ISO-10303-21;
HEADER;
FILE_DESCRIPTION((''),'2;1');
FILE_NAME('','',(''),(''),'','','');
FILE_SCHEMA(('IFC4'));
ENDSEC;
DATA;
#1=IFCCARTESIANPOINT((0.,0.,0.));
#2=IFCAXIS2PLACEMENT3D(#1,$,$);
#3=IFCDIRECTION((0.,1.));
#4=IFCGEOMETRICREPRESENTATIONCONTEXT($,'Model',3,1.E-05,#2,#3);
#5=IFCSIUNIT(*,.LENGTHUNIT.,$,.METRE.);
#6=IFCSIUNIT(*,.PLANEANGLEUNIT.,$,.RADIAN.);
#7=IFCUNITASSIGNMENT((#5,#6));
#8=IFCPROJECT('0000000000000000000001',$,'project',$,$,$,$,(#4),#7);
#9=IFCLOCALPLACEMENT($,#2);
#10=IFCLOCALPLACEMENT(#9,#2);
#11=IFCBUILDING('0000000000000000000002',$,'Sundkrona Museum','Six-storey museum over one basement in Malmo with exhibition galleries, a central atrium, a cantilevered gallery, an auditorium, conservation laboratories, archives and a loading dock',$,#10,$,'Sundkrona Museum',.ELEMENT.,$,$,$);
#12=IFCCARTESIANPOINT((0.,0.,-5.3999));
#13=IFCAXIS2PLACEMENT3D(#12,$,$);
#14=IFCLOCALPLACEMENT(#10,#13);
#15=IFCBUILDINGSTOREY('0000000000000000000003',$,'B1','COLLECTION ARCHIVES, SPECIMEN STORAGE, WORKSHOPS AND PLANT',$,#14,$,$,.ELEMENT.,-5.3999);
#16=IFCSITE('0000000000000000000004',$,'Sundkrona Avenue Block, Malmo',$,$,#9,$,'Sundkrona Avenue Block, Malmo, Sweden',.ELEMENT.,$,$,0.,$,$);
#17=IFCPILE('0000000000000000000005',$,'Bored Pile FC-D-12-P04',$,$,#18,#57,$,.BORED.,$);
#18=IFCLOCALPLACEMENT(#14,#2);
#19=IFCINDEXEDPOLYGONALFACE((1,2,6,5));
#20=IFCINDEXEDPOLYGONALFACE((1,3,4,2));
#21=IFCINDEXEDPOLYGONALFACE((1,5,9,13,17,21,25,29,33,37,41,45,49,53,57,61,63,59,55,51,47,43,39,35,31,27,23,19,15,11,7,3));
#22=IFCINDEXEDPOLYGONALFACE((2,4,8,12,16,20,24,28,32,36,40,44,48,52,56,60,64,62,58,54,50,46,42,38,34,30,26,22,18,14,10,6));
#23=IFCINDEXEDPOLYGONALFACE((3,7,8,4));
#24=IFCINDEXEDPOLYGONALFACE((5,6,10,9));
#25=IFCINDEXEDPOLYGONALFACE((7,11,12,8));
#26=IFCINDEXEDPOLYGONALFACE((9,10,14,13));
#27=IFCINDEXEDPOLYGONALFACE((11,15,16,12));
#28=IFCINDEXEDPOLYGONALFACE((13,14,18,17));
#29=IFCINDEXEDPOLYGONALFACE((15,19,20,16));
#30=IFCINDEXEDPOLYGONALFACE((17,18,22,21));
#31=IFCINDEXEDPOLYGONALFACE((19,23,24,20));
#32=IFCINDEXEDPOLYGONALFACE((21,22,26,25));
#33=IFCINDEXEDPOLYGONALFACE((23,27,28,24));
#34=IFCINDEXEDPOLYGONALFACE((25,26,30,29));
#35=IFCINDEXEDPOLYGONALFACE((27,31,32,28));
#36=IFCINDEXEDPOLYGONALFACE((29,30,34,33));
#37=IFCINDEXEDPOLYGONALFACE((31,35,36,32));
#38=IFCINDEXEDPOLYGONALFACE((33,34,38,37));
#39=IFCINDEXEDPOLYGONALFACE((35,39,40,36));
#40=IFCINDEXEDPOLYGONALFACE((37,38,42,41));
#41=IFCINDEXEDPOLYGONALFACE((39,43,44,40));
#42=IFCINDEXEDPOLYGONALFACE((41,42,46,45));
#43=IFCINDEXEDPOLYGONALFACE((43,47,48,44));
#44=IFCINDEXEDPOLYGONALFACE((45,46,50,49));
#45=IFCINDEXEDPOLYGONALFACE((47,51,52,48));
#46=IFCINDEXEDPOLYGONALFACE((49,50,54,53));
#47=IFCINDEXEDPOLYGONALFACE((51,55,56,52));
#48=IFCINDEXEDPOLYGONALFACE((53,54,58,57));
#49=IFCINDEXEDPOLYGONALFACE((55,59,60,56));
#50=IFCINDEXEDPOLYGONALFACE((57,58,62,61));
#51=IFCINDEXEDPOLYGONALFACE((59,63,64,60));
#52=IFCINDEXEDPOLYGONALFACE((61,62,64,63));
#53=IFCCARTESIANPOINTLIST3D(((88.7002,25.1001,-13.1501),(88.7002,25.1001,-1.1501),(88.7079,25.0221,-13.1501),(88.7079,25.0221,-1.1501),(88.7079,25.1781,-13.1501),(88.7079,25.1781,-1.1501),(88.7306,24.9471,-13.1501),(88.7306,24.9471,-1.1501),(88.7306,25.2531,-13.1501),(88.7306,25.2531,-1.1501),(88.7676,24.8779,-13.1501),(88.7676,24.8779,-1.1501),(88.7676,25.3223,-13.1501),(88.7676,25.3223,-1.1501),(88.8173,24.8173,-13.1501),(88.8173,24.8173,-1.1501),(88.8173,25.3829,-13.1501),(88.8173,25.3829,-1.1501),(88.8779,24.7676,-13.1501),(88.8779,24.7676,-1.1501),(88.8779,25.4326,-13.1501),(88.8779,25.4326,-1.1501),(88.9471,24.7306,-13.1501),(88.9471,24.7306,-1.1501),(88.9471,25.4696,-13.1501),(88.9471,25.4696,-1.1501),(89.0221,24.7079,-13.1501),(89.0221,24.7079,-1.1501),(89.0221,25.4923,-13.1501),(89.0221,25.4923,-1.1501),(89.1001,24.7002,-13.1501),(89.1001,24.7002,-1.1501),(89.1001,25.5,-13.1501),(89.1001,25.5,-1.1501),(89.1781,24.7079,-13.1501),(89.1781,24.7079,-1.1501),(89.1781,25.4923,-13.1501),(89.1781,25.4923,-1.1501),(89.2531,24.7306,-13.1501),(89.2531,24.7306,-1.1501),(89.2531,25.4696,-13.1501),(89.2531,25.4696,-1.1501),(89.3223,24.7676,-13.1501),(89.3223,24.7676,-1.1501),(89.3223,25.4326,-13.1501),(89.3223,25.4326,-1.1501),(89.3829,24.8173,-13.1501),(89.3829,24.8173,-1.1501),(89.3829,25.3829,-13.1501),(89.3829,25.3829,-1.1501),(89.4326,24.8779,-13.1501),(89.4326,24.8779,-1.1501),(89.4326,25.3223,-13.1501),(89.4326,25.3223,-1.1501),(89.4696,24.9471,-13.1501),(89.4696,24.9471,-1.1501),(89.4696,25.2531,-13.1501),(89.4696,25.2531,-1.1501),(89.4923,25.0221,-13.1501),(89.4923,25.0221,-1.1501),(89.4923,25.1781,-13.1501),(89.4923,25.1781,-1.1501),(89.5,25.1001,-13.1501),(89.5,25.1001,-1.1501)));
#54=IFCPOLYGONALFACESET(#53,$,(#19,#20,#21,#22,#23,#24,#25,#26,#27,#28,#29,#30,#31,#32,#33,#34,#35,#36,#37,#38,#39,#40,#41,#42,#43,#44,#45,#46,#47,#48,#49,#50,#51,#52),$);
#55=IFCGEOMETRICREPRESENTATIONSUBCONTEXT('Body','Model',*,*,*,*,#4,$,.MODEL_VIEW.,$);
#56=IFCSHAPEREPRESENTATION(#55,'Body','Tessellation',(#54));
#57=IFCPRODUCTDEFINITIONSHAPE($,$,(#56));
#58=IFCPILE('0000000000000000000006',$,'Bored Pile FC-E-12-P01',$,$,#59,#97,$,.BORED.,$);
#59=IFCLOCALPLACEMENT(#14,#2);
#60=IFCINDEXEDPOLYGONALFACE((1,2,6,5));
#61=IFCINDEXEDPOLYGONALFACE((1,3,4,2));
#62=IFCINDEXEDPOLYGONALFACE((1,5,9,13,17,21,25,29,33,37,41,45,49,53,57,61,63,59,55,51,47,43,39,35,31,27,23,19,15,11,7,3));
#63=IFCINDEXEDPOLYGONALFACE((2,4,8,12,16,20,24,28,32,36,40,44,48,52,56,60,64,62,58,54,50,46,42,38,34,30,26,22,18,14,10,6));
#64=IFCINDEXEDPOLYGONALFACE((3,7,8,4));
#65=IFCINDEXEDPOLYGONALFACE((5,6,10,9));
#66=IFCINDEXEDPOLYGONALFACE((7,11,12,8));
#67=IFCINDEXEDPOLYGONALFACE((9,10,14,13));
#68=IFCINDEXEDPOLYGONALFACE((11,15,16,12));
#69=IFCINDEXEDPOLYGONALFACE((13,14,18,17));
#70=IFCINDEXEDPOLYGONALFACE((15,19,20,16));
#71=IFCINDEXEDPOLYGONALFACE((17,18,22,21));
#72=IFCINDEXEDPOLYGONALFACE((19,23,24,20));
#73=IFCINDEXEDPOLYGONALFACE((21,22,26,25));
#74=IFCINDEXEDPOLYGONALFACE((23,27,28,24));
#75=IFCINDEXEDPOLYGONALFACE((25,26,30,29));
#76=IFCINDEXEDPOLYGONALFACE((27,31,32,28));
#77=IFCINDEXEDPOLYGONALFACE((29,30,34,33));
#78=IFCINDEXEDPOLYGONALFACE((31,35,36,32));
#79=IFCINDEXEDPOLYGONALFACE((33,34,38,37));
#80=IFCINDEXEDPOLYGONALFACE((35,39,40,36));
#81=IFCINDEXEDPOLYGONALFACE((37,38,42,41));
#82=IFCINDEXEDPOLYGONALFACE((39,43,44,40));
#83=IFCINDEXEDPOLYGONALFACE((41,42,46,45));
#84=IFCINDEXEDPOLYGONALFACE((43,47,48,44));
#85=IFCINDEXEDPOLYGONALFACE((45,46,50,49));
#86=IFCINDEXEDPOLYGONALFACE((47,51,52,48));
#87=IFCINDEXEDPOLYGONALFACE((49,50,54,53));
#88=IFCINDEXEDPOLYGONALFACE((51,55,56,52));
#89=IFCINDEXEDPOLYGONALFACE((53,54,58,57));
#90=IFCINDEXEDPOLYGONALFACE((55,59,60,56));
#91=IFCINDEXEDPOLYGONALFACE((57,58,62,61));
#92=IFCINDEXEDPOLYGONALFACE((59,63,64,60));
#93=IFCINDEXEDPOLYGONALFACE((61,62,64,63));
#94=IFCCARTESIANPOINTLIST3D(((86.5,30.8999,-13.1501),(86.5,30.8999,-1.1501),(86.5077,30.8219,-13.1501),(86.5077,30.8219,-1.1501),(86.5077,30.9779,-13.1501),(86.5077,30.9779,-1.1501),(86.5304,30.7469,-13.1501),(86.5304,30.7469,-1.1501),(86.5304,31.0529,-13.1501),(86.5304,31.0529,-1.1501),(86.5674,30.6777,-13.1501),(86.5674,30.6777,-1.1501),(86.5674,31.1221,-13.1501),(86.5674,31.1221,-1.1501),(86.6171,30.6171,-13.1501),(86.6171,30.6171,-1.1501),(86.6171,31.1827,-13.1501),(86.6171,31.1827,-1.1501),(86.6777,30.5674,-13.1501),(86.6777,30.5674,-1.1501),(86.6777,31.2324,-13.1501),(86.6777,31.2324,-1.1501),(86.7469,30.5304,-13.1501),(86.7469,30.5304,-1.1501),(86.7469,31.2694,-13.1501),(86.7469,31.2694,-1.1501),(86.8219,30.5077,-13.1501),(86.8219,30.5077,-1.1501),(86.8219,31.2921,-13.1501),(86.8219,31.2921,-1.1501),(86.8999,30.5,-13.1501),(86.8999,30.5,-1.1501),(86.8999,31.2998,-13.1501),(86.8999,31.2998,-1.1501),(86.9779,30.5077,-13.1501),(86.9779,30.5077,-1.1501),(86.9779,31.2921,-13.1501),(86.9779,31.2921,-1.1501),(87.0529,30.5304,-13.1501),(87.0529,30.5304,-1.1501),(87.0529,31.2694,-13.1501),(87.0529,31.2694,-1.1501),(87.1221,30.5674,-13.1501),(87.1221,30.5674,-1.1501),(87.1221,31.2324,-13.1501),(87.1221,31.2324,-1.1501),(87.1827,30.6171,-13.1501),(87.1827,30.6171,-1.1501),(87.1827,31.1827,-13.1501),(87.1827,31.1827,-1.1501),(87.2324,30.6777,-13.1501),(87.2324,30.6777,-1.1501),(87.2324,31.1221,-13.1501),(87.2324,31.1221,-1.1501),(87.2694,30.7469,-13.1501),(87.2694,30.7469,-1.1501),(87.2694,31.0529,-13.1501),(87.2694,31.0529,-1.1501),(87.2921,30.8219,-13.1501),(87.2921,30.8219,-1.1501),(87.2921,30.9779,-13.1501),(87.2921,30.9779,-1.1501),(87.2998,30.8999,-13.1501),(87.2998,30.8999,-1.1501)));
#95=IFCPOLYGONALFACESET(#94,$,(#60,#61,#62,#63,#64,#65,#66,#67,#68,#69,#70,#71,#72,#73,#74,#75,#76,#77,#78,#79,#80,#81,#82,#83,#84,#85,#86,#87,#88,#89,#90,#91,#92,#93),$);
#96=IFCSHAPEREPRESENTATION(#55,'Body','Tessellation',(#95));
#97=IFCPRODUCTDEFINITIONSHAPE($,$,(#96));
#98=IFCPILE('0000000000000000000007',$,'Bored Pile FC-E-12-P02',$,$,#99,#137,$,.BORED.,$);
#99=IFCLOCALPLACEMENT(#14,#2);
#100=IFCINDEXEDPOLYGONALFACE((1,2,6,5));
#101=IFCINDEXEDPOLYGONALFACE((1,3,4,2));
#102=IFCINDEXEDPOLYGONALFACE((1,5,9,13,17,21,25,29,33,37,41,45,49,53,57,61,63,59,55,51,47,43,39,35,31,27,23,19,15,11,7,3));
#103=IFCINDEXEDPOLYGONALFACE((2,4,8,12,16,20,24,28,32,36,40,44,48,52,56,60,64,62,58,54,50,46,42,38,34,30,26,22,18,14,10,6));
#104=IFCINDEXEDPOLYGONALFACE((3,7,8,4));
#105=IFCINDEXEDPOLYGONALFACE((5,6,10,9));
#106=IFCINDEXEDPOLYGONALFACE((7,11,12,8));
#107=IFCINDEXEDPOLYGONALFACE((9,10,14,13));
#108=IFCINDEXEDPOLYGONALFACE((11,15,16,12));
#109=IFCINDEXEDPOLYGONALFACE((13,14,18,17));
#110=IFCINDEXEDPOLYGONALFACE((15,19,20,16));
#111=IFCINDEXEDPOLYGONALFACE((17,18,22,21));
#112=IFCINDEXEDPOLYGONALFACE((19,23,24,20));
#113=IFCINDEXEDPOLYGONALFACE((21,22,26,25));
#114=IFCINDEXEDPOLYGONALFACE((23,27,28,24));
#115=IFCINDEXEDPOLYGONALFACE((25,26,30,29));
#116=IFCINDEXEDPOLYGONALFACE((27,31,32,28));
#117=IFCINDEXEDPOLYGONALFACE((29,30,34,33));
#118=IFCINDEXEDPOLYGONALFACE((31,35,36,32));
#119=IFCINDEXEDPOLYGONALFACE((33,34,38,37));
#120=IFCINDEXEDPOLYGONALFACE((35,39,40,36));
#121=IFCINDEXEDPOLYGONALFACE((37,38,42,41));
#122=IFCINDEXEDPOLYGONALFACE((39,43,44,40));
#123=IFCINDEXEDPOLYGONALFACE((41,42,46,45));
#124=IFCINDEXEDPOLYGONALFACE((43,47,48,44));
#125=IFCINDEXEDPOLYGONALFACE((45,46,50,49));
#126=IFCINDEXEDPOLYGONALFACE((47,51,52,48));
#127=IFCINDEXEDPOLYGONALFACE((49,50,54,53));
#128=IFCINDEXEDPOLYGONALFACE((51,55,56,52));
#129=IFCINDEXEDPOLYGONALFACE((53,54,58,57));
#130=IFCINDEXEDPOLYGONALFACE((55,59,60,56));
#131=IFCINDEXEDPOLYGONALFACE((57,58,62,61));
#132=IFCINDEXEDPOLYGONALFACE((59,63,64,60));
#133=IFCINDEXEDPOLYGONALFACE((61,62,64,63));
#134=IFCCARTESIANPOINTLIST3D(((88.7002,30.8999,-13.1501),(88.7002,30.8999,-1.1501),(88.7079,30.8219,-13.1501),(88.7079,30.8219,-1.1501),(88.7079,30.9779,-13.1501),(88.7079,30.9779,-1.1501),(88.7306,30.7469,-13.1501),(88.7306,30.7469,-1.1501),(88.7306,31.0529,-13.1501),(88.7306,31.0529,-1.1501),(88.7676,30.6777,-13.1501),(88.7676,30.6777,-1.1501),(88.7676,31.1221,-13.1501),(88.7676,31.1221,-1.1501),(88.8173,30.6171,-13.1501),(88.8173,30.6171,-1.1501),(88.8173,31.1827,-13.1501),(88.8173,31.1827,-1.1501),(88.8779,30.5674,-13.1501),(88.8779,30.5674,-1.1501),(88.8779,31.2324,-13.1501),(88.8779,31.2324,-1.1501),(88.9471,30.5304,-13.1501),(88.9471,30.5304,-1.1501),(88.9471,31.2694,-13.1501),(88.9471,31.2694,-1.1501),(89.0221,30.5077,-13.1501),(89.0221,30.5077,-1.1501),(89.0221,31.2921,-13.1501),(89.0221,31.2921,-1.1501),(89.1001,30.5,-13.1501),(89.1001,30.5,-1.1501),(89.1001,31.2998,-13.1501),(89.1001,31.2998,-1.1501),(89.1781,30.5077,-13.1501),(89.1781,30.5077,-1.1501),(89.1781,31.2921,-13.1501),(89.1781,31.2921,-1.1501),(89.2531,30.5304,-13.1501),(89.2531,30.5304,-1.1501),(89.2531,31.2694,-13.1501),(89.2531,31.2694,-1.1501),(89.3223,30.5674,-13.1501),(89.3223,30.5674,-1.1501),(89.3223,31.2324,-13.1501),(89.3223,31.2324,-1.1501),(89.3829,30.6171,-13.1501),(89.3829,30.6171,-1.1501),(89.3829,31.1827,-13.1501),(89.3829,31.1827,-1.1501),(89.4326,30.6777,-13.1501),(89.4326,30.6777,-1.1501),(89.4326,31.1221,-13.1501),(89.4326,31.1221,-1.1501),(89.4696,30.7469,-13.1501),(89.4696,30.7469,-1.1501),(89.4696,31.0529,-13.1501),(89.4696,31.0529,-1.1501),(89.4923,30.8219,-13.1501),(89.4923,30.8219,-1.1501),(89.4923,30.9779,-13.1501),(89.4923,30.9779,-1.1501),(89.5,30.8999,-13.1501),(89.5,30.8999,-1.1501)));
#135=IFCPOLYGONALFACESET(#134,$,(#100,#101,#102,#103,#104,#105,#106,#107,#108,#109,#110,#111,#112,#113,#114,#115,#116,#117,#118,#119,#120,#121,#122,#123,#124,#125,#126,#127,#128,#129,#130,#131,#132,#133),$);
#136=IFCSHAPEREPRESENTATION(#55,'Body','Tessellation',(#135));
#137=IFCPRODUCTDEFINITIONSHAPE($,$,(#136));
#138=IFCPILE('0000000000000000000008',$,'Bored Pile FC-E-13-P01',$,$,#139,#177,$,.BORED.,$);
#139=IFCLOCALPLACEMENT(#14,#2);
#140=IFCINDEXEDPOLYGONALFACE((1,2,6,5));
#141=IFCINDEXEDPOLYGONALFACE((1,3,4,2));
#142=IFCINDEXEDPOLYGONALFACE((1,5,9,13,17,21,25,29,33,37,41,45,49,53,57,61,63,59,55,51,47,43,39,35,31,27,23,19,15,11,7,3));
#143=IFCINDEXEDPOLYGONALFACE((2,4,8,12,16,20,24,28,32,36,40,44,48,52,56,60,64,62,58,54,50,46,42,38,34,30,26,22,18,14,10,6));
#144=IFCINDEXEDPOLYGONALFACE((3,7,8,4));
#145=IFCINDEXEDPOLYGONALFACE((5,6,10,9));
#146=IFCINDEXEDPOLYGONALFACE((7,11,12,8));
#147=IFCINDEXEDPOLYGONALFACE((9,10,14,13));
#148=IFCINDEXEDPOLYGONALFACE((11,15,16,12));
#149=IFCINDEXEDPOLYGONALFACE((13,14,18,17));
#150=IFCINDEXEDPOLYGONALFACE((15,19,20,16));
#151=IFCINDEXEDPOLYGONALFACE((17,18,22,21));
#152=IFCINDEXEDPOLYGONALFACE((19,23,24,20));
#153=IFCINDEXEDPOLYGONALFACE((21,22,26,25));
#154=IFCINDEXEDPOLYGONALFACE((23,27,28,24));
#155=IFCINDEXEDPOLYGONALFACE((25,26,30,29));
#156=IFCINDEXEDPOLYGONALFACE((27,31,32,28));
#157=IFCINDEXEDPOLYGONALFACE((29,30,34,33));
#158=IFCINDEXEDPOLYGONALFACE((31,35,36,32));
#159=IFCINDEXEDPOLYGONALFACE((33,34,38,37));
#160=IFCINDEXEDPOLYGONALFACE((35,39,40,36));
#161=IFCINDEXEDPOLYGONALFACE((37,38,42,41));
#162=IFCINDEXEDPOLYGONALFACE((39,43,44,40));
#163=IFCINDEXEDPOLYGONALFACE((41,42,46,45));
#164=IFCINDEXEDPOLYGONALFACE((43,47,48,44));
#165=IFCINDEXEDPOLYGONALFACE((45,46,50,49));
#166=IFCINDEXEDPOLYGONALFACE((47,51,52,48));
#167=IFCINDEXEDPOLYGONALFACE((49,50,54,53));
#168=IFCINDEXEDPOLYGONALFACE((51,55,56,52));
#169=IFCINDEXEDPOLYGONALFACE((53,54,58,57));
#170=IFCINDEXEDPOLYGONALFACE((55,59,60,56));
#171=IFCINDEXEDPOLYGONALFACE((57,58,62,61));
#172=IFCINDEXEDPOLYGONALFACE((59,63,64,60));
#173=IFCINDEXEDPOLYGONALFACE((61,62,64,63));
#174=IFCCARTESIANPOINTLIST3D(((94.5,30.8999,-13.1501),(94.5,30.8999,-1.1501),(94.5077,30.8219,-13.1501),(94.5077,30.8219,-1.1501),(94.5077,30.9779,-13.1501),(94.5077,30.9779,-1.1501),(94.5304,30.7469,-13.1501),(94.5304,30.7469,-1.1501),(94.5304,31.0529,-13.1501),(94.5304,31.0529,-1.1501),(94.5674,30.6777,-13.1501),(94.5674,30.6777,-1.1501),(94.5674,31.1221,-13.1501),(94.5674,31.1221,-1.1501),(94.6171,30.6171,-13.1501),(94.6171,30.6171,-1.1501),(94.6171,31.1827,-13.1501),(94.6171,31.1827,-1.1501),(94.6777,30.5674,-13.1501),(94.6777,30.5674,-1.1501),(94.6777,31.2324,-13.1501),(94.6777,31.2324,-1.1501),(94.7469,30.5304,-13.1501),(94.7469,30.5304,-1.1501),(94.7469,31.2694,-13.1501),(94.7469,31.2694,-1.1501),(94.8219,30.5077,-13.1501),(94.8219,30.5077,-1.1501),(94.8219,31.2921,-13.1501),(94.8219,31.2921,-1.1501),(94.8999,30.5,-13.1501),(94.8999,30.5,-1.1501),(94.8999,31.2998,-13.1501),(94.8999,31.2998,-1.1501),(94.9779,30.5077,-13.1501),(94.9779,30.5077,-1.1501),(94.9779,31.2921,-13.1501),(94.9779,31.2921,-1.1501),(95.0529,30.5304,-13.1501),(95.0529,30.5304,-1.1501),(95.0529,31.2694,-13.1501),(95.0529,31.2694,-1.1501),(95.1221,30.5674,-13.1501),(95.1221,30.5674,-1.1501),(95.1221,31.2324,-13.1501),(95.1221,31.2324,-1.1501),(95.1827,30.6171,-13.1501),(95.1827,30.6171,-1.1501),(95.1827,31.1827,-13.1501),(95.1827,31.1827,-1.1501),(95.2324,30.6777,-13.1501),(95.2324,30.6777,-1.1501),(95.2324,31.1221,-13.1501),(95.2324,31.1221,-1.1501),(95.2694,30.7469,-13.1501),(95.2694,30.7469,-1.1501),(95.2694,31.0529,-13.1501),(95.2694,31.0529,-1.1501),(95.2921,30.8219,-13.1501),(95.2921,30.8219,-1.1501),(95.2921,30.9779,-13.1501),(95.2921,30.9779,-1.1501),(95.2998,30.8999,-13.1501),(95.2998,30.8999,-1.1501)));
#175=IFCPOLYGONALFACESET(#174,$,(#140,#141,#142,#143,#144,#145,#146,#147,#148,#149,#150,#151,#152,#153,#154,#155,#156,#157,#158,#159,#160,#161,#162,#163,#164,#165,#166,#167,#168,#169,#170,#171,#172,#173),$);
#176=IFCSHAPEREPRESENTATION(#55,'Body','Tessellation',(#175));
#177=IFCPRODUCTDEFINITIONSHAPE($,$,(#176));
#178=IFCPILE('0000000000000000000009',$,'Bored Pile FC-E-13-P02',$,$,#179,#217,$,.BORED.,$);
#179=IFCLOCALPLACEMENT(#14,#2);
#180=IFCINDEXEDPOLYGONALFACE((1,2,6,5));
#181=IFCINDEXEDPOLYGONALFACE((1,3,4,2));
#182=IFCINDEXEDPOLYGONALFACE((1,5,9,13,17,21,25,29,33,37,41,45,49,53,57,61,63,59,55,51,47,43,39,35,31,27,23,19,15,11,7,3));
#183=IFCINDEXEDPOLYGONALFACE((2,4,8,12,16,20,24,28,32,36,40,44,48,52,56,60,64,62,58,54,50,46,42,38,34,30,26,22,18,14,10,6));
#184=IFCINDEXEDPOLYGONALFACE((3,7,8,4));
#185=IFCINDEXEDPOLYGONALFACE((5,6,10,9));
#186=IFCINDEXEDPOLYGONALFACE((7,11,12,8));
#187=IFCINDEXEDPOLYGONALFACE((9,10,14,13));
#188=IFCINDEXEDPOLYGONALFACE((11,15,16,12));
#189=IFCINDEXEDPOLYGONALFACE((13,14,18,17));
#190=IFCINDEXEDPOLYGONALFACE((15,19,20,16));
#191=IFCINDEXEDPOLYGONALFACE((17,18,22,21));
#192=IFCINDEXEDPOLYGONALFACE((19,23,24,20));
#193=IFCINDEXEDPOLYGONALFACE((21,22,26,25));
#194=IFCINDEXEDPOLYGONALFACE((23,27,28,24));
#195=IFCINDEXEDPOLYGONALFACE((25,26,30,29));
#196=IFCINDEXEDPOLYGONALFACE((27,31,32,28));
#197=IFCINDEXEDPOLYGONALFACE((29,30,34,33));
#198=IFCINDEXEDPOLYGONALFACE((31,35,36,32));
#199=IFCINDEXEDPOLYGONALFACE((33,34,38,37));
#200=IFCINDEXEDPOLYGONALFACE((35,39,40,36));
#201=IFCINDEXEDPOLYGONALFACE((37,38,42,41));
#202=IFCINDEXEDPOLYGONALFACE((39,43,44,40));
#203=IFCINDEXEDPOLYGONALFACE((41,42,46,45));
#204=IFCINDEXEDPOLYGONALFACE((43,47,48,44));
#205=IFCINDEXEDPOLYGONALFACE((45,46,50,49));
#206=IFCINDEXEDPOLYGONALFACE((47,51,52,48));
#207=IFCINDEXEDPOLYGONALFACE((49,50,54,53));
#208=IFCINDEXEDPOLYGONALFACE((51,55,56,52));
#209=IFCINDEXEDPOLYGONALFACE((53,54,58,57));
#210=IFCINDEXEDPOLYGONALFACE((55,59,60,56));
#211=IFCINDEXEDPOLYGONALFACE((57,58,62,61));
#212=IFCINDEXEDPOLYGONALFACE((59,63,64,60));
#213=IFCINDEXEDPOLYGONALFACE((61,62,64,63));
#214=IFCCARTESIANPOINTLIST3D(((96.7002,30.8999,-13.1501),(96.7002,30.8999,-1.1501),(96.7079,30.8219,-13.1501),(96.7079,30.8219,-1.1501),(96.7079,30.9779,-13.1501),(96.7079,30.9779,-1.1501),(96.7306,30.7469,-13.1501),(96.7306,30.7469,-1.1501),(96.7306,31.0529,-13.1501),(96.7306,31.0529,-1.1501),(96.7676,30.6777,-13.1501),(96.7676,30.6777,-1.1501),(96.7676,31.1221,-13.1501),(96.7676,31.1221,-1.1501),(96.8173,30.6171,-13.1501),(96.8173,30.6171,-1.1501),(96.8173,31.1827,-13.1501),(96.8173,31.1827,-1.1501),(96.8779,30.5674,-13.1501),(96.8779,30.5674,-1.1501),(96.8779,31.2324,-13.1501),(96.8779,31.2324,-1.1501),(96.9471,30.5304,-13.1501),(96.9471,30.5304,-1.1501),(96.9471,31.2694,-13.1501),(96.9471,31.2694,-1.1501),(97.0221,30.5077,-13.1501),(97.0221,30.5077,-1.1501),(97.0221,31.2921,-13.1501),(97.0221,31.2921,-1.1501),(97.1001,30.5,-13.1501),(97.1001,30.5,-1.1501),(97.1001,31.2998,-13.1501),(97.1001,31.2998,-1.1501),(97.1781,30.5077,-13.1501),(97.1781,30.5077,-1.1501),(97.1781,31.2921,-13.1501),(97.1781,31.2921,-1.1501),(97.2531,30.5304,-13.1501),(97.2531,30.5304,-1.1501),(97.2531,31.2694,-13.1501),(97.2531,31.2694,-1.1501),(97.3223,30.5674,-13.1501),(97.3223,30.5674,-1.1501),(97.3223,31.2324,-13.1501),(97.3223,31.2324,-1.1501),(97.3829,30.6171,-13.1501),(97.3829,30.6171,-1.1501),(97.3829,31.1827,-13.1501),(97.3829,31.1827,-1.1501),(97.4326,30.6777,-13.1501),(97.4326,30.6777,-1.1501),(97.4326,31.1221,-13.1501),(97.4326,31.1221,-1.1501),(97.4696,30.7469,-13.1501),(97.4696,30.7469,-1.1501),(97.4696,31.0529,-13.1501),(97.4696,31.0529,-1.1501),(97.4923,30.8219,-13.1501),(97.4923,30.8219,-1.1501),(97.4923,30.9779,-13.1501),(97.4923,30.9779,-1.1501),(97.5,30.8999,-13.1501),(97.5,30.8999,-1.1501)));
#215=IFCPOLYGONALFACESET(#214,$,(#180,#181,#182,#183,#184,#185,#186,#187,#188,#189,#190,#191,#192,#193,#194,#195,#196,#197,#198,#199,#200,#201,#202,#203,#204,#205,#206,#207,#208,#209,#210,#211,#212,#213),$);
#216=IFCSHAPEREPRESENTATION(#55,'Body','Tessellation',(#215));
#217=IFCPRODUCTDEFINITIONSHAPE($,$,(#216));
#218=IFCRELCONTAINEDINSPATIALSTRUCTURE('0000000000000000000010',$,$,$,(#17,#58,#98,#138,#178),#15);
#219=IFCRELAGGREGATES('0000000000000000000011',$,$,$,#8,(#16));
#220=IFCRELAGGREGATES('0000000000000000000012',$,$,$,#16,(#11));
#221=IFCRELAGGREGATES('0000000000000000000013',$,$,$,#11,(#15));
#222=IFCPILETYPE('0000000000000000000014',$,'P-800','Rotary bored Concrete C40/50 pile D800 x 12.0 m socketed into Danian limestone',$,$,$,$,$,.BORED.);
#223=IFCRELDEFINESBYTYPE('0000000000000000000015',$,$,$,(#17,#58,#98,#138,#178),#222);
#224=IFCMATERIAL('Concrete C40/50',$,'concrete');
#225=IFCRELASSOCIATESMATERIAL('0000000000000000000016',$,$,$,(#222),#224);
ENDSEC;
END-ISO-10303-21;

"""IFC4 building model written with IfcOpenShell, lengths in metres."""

from ifc_helpers import new_model, si_unit, direction, frame, origin, origin_2d, place, context, subcontext, project, spatial, circle, extrude, material, material_profile, profile_set, type_object, element, save


model = new_model("IFC4")

# Units and contexts
model_context = context("Model", 3, precision=1e-05, world=origin(), true_north=direction((0.0, 1.0)))
body_context = subcontext(model_context, "Body", "Model", "MODEL_VIEW")
ifc_project = project(units=[si_unit("LENGTHUNIT", "METRE"), si_unit("PLANEANGLEUNIT", "RADIAN")], contexts=[model_context])

# Site, building, storey
site_placement = place(None, origin())
site = spatial("IfcSite", under=ifc_project, at=site_placement, Name="Sundkrona Avenue Block, Malmo", LongName="Sundkrona Avenue Block, Malmo, Sweden", CompositionType="ELEMENT", RefElevation=0.0)
building_placement = place(site_placement, origin())
building = spatial("IfcBuilding", under=site, at=building_placement, Name="Sundkrona Museum", Description="Six-storey museum over one basement in Malmo with exhibition galleries, a central atrium, a cantilevered gallery, an auditorium, conservation laboratories, archives and a loading dock", LongName="Sundkrona Museum", CompositionType="ELEMENT")
storey_placement = place(building_placement, frame((0.0, 0.0, -5.3999)))
storey = spatial("IfcBuildingStorey", under=building, at=storey_placement, Name="B1", Description="COLLECTION ARCHIVES, SPECIMEN STORAGE, WORKSHOPS AND PLANT", CompositionType="ELEMENT", Elevation=-5.3999)

# Piles
ifc_material_1 = material(Name="Concrete C40/50", Category="concrete")
ifc_material_profile_1 = material_profile(ifc_material_1, circle(Radius=0.3999, at=origin_2d()), Name="PILE D800")
ifc_profile_set_1 = profile_set([ifc_material_profile_1], Name="Concrete C40/50")
pile_type = type_object("IfcPileType", Name="P-800", Description="Rotary bored Concrete C40/50 pile D800 x 12.0 m socketed into Danian limestone", PredefinedType="BORED", material=ifc_profile_set_1)
for number, where, z_axis, x_axis, name in (
    (1, (89.1001, 25.1001, -1.1501), (0.0, 0.0, -1.0), (1.0, 0.0, 0.0), "Bored Pile FC-D-12-P04"),
    (2, (86.8999, 30.8999, -1.1501), (0.0, 0.0, -1.0), (1.0, 0.0, 0.0), "Bored Pile FC-E-12-P01"),
    (3, (89.1001, 30.8999, -1.1501), (0.0, 0.0, -1.0), (1.0, 0.0, 0.0), "Bored Pile FC-E-12-P02"),
    (4, (94.8999, 30.8999, -1.1501), (0.0, 0.0, -1.0), (1.0, 0.0, 0.0), "Bored Pile FC-E-13-P01"),
    (5, (97.1001, 30.8999, -1.1501), (0.0, 0.0, -1.0), (1.0, 0.0, 0.0), "Bored Pile FC-E-13-P02"),
):
    element("IfcPile", number, at=place(storey_placement, frame(where, z_axis=z_axis, x_axis=x_axis)), inside=storey, type_object=pile_type, Name=name, PredefinedType="BORED", context=body_context, shape_type="SweptSolid", body=[
        extrude(circle(Radius=0.3999, at=origin_2d()), origin(), (0.0, 0.0, 1.0), 12.0),
    ])

save(model, "model.ifc")
